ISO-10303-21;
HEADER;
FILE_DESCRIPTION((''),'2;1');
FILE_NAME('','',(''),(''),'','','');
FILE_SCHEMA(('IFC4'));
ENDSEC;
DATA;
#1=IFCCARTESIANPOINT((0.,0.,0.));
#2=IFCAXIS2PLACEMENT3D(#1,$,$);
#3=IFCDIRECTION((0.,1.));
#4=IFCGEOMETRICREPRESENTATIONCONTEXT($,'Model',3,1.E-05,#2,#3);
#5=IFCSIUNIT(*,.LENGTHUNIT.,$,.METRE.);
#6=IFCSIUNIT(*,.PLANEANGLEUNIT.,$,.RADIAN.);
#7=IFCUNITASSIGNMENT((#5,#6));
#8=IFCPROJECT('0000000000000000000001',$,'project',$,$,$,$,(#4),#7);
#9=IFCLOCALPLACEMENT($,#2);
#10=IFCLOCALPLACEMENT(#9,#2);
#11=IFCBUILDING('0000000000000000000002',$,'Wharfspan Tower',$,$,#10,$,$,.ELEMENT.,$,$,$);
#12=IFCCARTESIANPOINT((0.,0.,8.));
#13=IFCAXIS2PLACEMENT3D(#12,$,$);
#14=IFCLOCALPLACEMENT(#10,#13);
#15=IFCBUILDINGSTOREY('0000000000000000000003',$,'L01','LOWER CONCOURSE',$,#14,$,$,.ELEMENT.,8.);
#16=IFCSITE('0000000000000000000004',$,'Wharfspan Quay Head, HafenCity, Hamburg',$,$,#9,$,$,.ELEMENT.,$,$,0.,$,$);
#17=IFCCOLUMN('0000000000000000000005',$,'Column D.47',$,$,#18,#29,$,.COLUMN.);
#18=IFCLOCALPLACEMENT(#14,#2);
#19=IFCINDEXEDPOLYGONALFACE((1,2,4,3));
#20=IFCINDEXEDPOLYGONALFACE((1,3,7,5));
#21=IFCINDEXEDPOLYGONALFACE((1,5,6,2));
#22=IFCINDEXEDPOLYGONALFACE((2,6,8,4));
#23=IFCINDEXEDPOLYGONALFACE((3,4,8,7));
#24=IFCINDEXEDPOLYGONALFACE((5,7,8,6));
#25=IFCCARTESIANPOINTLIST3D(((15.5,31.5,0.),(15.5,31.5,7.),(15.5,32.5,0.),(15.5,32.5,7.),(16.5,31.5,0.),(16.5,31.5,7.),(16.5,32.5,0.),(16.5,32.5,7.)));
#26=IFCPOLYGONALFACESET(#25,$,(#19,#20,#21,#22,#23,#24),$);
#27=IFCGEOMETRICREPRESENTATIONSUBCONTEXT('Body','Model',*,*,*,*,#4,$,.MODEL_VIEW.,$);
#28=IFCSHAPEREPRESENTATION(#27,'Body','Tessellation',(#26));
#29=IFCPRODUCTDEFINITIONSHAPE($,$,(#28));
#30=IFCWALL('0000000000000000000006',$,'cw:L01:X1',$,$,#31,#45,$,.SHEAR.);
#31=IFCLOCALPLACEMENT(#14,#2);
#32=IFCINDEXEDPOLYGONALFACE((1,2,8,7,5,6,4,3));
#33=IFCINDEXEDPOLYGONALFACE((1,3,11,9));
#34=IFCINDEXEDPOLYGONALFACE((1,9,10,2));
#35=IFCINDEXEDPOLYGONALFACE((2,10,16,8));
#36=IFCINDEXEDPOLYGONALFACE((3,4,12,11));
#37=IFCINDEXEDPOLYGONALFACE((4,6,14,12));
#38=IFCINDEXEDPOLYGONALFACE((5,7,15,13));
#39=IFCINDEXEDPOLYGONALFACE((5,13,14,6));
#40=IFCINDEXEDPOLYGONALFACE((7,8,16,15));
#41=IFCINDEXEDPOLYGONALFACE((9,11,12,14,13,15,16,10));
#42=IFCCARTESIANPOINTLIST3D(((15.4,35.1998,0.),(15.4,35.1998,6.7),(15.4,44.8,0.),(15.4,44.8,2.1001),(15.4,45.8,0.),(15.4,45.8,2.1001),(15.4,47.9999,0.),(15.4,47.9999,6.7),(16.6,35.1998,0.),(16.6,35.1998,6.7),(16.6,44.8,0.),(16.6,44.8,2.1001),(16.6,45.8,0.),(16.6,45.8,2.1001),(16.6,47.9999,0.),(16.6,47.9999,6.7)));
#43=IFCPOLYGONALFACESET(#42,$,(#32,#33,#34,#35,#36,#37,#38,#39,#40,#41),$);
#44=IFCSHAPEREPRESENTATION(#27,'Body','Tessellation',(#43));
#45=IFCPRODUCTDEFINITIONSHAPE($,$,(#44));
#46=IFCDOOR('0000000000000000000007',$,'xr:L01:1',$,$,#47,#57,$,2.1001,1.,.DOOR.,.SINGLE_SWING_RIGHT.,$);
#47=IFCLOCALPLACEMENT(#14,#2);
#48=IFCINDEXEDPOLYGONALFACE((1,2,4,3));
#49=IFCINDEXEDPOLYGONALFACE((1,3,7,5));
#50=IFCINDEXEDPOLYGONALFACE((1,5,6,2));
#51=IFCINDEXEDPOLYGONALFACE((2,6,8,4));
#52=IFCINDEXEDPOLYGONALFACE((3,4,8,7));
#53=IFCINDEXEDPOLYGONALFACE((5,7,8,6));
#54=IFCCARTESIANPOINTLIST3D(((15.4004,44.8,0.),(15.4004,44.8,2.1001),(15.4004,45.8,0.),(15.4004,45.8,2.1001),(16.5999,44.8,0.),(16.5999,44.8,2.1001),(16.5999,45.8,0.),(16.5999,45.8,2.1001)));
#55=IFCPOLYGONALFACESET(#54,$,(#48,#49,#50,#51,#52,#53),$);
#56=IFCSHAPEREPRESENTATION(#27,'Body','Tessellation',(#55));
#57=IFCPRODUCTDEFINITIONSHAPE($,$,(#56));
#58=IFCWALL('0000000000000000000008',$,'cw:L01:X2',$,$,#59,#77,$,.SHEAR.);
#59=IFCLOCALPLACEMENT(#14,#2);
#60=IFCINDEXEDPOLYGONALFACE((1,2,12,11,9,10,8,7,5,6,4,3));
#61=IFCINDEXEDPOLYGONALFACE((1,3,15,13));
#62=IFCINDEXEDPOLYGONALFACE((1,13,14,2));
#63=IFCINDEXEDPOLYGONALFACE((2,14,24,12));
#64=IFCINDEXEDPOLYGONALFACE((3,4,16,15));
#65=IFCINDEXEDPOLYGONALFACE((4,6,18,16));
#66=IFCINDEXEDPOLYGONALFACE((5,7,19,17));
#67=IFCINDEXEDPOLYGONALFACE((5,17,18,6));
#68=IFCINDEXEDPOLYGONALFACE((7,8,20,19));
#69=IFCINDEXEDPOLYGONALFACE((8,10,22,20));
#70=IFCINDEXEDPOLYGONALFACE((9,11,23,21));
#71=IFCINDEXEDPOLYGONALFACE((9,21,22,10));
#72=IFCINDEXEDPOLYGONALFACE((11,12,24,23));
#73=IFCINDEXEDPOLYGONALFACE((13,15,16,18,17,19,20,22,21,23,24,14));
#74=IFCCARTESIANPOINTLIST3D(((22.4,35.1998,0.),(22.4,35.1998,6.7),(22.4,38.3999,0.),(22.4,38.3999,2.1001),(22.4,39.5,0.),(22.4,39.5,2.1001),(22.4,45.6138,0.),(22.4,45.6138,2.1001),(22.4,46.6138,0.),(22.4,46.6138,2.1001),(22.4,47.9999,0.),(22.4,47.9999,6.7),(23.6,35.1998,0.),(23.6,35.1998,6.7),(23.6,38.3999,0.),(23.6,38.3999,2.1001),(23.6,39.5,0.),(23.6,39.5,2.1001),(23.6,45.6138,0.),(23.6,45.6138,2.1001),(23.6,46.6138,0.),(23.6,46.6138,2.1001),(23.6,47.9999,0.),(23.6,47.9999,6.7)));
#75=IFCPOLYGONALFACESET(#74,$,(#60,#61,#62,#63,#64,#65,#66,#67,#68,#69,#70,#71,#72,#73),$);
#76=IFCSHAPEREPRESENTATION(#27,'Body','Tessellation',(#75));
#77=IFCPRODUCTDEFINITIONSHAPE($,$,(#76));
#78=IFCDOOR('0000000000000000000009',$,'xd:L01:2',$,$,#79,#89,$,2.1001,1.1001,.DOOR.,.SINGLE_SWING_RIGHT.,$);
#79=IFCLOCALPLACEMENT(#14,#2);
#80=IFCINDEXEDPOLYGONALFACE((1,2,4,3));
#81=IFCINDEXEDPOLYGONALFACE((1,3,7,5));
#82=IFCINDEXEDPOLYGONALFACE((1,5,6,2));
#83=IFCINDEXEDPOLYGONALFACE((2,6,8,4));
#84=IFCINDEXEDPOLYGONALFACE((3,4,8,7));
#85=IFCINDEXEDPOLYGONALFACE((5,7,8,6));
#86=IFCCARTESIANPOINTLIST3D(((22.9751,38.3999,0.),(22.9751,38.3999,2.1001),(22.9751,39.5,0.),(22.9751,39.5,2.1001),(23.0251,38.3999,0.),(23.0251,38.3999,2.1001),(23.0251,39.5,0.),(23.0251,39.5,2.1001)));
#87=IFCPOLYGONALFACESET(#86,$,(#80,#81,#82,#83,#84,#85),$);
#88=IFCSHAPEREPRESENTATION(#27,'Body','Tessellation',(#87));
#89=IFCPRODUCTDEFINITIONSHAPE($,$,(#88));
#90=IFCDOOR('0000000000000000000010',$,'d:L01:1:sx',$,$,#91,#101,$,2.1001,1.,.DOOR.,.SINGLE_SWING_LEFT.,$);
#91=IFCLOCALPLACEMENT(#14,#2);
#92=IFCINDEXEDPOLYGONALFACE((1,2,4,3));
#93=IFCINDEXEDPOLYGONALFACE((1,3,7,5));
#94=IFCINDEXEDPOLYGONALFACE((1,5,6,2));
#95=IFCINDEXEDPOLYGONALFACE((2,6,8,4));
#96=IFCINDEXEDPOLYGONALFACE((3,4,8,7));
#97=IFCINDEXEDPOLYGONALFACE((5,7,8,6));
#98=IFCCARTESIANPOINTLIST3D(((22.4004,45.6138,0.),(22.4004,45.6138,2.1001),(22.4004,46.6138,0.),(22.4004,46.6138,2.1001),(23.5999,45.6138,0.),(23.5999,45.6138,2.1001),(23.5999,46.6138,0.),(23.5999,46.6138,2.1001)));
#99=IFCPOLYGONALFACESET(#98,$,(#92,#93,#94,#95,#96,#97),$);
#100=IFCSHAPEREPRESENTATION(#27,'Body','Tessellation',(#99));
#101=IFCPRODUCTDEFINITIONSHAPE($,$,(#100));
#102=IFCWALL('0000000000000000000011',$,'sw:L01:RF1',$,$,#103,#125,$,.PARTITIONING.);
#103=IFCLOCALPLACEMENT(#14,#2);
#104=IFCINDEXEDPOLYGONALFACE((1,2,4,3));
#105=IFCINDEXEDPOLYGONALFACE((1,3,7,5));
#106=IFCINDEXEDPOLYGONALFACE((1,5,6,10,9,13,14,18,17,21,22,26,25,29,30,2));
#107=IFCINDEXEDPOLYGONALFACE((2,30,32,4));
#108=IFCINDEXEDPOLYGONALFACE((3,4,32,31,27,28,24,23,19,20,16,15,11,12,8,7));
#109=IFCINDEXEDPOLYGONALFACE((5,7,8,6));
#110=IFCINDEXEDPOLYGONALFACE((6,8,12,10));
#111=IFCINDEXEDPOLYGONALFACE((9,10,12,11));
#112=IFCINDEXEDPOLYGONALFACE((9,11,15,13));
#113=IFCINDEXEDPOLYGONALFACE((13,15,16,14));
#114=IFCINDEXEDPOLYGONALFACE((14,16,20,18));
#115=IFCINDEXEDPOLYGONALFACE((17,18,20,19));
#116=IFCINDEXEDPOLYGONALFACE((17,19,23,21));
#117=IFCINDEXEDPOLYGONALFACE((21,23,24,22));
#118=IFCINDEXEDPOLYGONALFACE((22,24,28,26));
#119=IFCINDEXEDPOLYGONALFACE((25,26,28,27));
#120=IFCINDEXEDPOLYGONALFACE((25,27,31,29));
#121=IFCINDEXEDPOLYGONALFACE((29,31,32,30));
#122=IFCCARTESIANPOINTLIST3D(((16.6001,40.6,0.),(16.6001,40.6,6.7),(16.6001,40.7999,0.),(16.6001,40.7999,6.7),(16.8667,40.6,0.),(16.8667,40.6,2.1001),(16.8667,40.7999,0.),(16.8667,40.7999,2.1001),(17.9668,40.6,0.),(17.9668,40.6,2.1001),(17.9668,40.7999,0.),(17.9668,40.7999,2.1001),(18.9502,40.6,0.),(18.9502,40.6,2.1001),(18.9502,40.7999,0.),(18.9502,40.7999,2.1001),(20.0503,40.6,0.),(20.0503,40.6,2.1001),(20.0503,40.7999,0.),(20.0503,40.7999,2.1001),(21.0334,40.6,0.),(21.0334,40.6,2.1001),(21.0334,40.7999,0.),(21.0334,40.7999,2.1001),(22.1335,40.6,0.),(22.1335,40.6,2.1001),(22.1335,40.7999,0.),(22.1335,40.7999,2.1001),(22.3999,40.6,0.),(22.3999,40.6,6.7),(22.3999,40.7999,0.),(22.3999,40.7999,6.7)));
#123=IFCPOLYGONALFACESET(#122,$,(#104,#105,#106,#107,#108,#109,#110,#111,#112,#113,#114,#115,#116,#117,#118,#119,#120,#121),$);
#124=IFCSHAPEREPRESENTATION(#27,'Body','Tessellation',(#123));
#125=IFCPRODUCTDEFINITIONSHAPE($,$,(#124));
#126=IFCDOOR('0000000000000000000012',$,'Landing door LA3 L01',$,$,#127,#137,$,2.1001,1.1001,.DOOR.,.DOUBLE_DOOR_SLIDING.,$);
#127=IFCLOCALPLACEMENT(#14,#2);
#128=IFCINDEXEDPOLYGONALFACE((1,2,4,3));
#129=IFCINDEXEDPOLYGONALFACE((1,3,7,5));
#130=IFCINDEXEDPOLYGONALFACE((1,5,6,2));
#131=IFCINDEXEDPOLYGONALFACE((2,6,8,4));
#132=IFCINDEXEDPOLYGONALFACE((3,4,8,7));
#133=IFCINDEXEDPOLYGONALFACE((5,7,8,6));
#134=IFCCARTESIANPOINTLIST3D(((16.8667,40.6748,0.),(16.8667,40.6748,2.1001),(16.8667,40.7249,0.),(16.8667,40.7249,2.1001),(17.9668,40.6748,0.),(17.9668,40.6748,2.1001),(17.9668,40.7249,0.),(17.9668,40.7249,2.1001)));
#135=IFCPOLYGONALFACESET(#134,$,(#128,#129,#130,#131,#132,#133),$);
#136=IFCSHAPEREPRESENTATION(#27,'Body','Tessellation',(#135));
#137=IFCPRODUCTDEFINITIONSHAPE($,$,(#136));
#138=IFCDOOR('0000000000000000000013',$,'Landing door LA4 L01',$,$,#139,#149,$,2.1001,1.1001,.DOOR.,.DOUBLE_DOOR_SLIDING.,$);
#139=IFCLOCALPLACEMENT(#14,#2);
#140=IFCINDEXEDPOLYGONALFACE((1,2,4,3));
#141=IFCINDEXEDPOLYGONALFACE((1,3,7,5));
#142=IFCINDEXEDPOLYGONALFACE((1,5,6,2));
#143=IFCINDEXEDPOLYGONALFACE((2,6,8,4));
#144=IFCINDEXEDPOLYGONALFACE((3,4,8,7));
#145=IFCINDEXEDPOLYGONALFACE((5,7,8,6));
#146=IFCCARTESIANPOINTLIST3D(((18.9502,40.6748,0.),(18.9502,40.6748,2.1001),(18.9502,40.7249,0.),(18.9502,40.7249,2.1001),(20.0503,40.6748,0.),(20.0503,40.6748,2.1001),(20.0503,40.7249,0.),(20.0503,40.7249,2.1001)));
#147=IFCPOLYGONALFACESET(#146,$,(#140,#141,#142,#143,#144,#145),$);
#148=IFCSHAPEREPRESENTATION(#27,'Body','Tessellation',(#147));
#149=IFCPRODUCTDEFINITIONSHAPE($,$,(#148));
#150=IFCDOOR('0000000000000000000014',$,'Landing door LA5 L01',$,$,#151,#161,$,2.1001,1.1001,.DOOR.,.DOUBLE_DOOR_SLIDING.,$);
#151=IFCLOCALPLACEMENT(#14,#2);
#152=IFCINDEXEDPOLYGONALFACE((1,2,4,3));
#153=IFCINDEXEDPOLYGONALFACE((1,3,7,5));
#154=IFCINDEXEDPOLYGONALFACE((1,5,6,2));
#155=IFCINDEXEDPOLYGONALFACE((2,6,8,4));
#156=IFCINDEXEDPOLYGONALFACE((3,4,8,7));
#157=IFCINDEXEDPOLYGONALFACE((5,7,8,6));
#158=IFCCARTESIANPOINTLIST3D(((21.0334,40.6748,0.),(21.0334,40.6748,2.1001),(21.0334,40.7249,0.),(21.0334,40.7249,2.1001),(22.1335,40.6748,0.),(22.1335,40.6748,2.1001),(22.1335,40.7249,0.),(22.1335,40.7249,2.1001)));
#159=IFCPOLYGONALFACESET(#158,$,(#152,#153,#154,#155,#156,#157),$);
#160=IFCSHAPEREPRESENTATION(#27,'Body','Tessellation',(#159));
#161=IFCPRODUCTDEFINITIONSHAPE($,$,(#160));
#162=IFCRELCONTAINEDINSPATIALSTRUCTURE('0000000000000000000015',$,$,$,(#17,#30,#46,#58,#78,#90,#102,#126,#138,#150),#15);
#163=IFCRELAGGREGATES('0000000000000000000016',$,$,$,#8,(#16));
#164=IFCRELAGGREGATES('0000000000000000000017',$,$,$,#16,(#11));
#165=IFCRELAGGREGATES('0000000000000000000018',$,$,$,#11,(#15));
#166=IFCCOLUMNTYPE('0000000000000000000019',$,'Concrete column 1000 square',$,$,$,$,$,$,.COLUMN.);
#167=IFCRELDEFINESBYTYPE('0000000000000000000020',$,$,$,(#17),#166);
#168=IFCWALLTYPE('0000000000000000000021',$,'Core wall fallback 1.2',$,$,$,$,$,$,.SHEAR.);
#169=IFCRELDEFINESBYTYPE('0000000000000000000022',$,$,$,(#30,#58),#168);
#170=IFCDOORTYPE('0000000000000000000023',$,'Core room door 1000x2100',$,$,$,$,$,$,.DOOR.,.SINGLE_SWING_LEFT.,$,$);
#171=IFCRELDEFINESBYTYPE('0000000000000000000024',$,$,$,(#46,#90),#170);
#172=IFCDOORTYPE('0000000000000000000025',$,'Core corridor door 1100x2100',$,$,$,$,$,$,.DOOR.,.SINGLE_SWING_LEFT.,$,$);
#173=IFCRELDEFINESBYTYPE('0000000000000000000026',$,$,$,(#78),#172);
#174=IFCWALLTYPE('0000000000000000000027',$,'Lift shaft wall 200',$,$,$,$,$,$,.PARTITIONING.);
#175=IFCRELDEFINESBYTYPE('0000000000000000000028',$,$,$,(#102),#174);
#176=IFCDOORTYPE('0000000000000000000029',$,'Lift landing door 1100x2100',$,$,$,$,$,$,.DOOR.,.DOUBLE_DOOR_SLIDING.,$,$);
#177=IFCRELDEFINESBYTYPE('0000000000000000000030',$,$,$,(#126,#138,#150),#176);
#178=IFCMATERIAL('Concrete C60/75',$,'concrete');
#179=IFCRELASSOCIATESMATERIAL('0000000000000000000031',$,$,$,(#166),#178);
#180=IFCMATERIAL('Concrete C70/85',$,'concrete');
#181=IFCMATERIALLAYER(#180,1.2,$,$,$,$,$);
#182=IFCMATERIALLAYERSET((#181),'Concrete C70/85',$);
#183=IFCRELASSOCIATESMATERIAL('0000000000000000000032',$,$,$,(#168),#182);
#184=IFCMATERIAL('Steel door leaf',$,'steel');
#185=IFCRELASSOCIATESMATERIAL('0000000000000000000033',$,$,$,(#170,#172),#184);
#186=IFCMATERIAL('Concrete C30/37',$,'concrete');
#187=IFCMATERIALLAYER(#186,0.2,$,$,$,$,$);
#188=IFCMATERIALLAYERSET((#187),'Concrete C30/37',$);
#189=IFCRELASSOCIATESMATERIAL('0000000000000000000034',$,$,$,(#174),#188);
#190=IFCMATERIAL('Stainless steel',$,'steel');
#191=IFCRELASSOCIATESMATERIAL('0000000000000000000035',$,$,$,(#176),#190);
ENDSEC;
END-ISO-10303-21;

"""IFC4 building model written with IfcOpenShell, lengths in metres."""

from ifc_helpers import new_model, si_unit, direction, frame, frame_2d, origin, origin_2d, place, context, subcontext, project, spatial, rectangle, extrude, material, layer, layer_set, material_profile, profile_set, type_object, element, fill, save


model = new_model("IFC4")

# Units and contexts
model_context = context("Model", 3, precision=1e-05, world=origin(), true_north=direction((0.0, 1.0)))
body_context = subcontext(model_context, "Body", "Model", "MODEL_VIEW")
ifc_project = project(units=[si_unit("LENGTHUNIT", "METRE"), si_unit("PLANEANGLEUNIT", "RADIAN")], contexts=[model_context])

# Site, building, storey
site_placement = place(None, origin())
site = spatial("IfcSite", under=ifc_project, at=site_placement, Name="Wharfspan Quay Head, HafenCity, Hamburg", CompositionType="ELEMENT", RefElevation=0.0)
building_placement = place(site_placement, origin())
building = spatial("IfcBuilding", under=site, at=building_placement, Name="Wharfspan Tower", CompositionType="ELEMENT")
storey_placement = place(building_placement, frame((0.0, 0.0, 8.0)))
storey = spatial("IfcBuildingStorey", under=building, at=storey_placement, Name="L01", Description="LOWER CONCOURSE", CompositionType="ELEMENT", Elevation=8.0)

# Column
ifc_material_1 = material(Name="Concrete C60/75", Category="concrete")
ifc_material_profile = material_profile(ifc_material_1, rectangle(XDim=1.0, YDim=1.0, at=origin_2d()))
ifc_profile_set = profile_set([ifc_material_profile], Name="Concrete C60/75")
column_type = type_object("IfcColumnType", Name="Concrete column 1000 square", PredefinedType="COLUMN", material=ifc_profile_set)
column_placement = place(storey_placement, frame((16.0, 32.0, 0.0), z_axis=(0.0, 0.0, 1.0), x_axis=(1.0, 0.0, 0.0)))
element("IfcColumn", 1, at=column_placement, inside=storey, type_object=column_type, Name="Column D.47", PredefinedType="COLUMN", context=body_context, shape_type="SweptSolid", body=[
    extrude(rectangle(XDim=1.0, YDim=1.0, at=origin_2d()), origin(), (0.0, 0.0, 1.0), 7.0),
])

# Wall, opening, door
ifc_material_2 = material(Name="Concrete C70/85", Category="concrete")
ifc_layer_1 = layer(ifc_material_2, 1.2)
ifc_layer_set_1 = layer_set([ifc_layer_1], Name="Concrete C70/85")
wall_type_1 = type_object("IfcWallType", Name="Core wall fallback 1.2", PredefinedType="SHEAR", material=ifc_layer_set_1)
wall_1_placement = place(storey_placement, frame((16.0, 35.2, 0.0), z_axis=(0.0, 0.0, 1.0), x_axis=(0.0, 1.0, 0.0)))
wall_1 = element("IfcWall", 2, at=wall_1_placement, inside=storey, type_object=wall_type_1, Name="cw:L01:X1", PredefinedType="SHEAR", context=body_context, shape_type="SweptSolid", body=[
    extrude(rectangle(XDim=12.8, YDim=1.2, at=frame_2d((6.3999, 0.0))), origin(), (0.0, 0.0, 1.0), 6.7),
])
opening_1_placement = place(wall_1_placement, frame((9.6001, 0.0, 0.0)))
opening_1 = element("IfcOpeningElement", 3, at=opening_1_placement, cuts=wall_1, PredefinedType="OPENING", context=body_context, shape_type="SweptSolid", body=[
    extrude(rectangle(XDim=1.0, YDim=2.1001, at=frame_2d((0.5, 1.05))), frame((0.0, 0.6099, 0.0), z_axis=(0.0, -1.0, 0.0), x_axis=(1.0, 0.0, 0.0)), (0.0, 0.0, 1.0), 1.22),
])
ifc_material_3 = material(Name="Steel door leaf", Category="steel")
door_type_1 = type_object("IfcDoorType", Name="Core room door 1000x2100", OperationType="SINGLE_SWING_LEFT", PredefinedType="DOOR", material=ifc_material_3)
door_1_placement = place(opening_1_placement, origin())
door_1 = element("IfcDoor", 4, at=door_1_placement, inside=storey, type_object=door_type_1, Name="xr:L01:1", OperationType="SINGLE_SWING_RIGHT", OverallHeight=2.1001, OverallWidth=1.0, PredefinedType="DOOR", context=body_context, shape_type="SweptSolid", body=[
    extrude(rectangle(XDim=1.0, YDim=2.1001, at=frame_2d((0.5, 1.05))), frame((0.0, 0.5996, 0.0), z_axis=(0.0, -1.0, 0.0), x_axis=(1.0, 0.0, 0.0)), (0.0, 0.0, 1.0), 1.1995),
])
fill(opening_1, door_1)

# Walls, openings, doors
wall_2_placement = place(storey_placement, frame((23.0, 35.2, 0.0), z_axis=(0.0, 0.0, 1.0), x_axis=(0.0, 1.0, 0.0)))
wall_2 = element("IfcWall", 5, at=wall_2_placement, inside=storey, type_object=wall_type_1, Name="cw:L01:X2", PredefinedType="SHEAR", context=body_context, shape_type="SweptSolid", body=[
    extrude(rectangle(XDim=12.8, YDim=1.2, at=frame_2d((6.3999, 0.0))), origin(), (0.0, 0.0, 1.0), 6.7),
])
opening_2_placement = place(wall_2_placement, frame((10.4138, 0.0, 0.0)))
opening_2 = element("IfcOpeningElement", 6, at=opening_2_placement, cuts=wall_2, PredefinedType="OPENING", context=body_context, shape_type="SweptSolid", body=[
    extrude(rectangle(XDim=1.0, YDim=2.1001, at=frame_2d((0.5, 1.05))), frame((0.0, 0.6099, 0.0), z_axis=(0.0, -1.0, 0.0), x_axis=(1.0, 0.0, 0.0)), (0.0, 0.0, 1.0), 1.22),
])
opening_3_placement = place(wall_2_placement, frame((3.2, 0.0, 0.0)))
opening_3 = element("IfcOpeningElement", 7, at=opening_3_placement, cuts=wall_2, PredefinedType="OPENING", context=body_context, shape_type="SweptSolid", body=[
    extrude(rectangle(XDim=1.1001, YDim=2.1001, at=frame_2d((0.55, 1.05))), frame((0.0, 0.6099, 0.0), z_axis=(0.0, -1.0, 0.0), x_axis=(1.0, 0.0, 0.0)), (0.0, 0.0, 1.0), 1.22),
])
door_type_2 = type_object("IfcDoorType", Name="Core corridor door 1100x2100", OperationType="SINGLE_SWING_LEFT", PredefinedType="DOOR", material=ifc_material_3)
door_2_placement = place(opening_3_placement, origin())
door_2 = element("IfcDoor", 8, at=door_2_placement, inside=storey, type_object=door_type_2, Name="xd:L01:2", OperationType="SINGLE_SWING_RIGHT", OverallHeight=2.1001, OverallWidth=1.1001, PredefinedType="DOOR", context=body_context, shape_type="SweptSolid", body=[
    extrude(rectangle(XDim=1.1001, YDim=2.1001, at=frame_2d((0.55, 1.05))), frame((0.0, 0.0249, 0.0), z_axis=(0.0, -1.0, 0.0), x_axis=(1.0, 0.0, 0.0)), (0.0, 0.0, 1.0), 0.05),
])
fill(opening_3, door_2)
door_3_placement = place(opening_2_placement, origin())
door_3 = element("IfcDoor", 9, at=door_3_placement, inside=storey, type_object=door_type_1, Name="d:L01:1:sx", OperationType="SINGLE_SWING_LEFT", OverallHeight=2.1001, OverallWidth=1.0, PredefinedType="DOOR", context=body_context, shape_type="SweptSolid", body=[
    extrude(rectangle(XDim=1.0, YDim=2.1001, at=frame_2d((0.5, 1.05))), frame((0.0, 0.5996, 0.0), z_axis=(0.0, -1.0, 0.0), x_axis=(1.0, 0.0, 0.0)), (0.0, 0.0, 1.0), 1.1995),
])
fill(opening_2, door_3)
ifc_material_4 = material(Name="Concrete C30/37", Category="concrete")
ifc_layer_2 = layer(ifc_material_4, 0.2)
ifc_layer_set_2 = layer_set([ifc_layer_2], Name="Concrete C30/37")
wall_type_2 = type_object("IfcWallType", Name="Lift shaft wall 200", PredefinedType="PARTITIONING", material=ifc_layer_set_2)
wall_3_placement = place(storey_placement, frame((16.6001, 40.7, 0.0), z_axis=(0.0, 0.0, 1.0), x_axis=(1.0, 0.0, 0.0)))
wall_3 = element("IfcWall", 10, at=wall_3_placement, inside=storey, type_object=wall_type_2, Name="sw:L01:RF1", PredefinedType="PARTITIONING", context=body_context, shape_type="SweptSolid", body=[
    extrude(rectangle(XDim=5.7998, YDim=0.2, at=frame_2d((2.8999, 0.0))), origin(), (0.0, 0.0, 1.0), 6.7),
])
opening_4_placement = place(wall_3_placement, frame((0.2666, 0.0, 0.0)))
opening_4 = element("IfcOpeningElement", 11, at=opening_4_placement, cuts=wall_3, PredefinedType="OPENING", context=body_context, shape_type="SweptSolid", body=[
    extrude(rectangle(XDim=1.1001, YDim=2.1001, at=frame_2d((0.55, 1.05))), frame((0.0, 0.1099, 0.0), z_axis=(0.0, -1.0, 0.0), x_axis=(1.0, 0.0, 0.0)), (0.0, 0.0, 1.0), 0.22),
])
opening_5_placement = place(wall_3_placement, frame((2.3501, 0.0, 0.0)))
opening_5 = element("IfcOpeningElement", 12, at=opening_5_placement, cuts=wall_3, PredefinedType="OPENING", context=body_context, shape_type="SweptSolid", body=[
    extrude(rectangle(XDim=1.1001, YDim=2.1001, at=frame_2d((0.55, 1.05))), frame((0.0, 0.1099, 0.0), z_axis=(0.0, -1.0, 0.0), x_axis=(1.0, 0.0, 0.0)), (0.0, 0.0, 1.0), 0.22),
])
opening_6_placement = place(wall_3_placement, frame((4.4333, 0.0, 0.0)))
opening_6 = element("IfcOpeningElement", 13, at=opening_6_placement, cuts=wall_3, PredefinedType="OPENING", context=body_context, shape_type="SweptSolid", body=[
    extrude(rectangle(XDim=1.1001, YDim=2.1001, at=frame_2d((0.55, 1.05))), frame((0.0, 0.1099, 0.0), z_axis=(0.0, -1.0, 0.0), x_axis=(1.0, 0.0, 0.0)), (0.0, 0.0, 1.0), 0.22),
])
ifc_material_5 = material(Name="Stainless steel", Category="steel")
door_type_3 = type_object("IfcDoorType", Name="Lift landing door 1100x2100", OperationType="DOUBLE_DOOR_SLIDING", PredefinedType="DOOR", material=ifc_material_5)
door_4_placement = place(opening_4_placement, origin())
door_4 = element("IfcDoor", 14, at=door_4_placement, inside=storey, type_object=door_type_3, Name="Landing door LA3 L01", OperationType="DOUBLE_DOOR_SLIDING", OverallHeight=2.1001, OverallWidth=1.1001, PredefinedType="DOOR", context=body_context, shape_type="SweptSolid", body=[
    extrude(rectangle(XDim=1.1001, YDim=2.1001, at=frame_2d((0.55, 1.05))), frame((0.0, 0.0249, 0.0), z_axis=(0.0, -1.0, 0.0), x_axis=(1.0, 0.0, 0.0)), (0.0, 0.0, 1.0), 0.05),
])
fill(opening_4, door_4)
door_5_placement = place(opening_5_placement, origin())
door_5 = element("IfcDoor", 15, at=door_5_placement, inside=storey, type_object=door_type_3, Name="Landing door LA4 L01", OperationType="DOUBLE_DOOR_SLIDING", OverallHeight=2.1001, OverallWidth=1.1001, PredefinedType="DOOR", context=body_context, shape_type="SweptSolid", body=[
    extrude(rectangle(XDim=1.1001, YDim=2.1001, at=frame_2d((0.55, 1.05))), frame((0.0, 0.0249, 0.0), z_axis=(0.0, -1.0, 0.0), x_axis=(1.0, 0.0, 0.0)), (0.0, 0.0, 1.0), 0.05),
])
fill(opening_5, door_5)
door_6_placement = place(opening_6_placement, origin())
door_6 = element("IfcDoor", 16, at=door_6_placement, inside=storey, type_object=door_type_3, Name="Landing door LA5 L01", OperationType="DOUBLE_DOOR_SLIDING", OverallHeight=2.1001, OverallWidth=1.1001, PredefinedType="DOOR", context=body_context, shape_type="SweptSolid", body=[
    extrude(rectangle(XDim=1.1001, YDim=2.1001, at=frame_2d((0.55, 1.05))), frame((0.0, 0.0249, 0.0), z_axis=(0.0, -1.0, 0.0), x_axis=(1.0, 0.0, 0.0)), (0.0, 0.0, 1.0), 0.05),
])
fill(opening_6, door_6)

save(model, "model.ifc")
